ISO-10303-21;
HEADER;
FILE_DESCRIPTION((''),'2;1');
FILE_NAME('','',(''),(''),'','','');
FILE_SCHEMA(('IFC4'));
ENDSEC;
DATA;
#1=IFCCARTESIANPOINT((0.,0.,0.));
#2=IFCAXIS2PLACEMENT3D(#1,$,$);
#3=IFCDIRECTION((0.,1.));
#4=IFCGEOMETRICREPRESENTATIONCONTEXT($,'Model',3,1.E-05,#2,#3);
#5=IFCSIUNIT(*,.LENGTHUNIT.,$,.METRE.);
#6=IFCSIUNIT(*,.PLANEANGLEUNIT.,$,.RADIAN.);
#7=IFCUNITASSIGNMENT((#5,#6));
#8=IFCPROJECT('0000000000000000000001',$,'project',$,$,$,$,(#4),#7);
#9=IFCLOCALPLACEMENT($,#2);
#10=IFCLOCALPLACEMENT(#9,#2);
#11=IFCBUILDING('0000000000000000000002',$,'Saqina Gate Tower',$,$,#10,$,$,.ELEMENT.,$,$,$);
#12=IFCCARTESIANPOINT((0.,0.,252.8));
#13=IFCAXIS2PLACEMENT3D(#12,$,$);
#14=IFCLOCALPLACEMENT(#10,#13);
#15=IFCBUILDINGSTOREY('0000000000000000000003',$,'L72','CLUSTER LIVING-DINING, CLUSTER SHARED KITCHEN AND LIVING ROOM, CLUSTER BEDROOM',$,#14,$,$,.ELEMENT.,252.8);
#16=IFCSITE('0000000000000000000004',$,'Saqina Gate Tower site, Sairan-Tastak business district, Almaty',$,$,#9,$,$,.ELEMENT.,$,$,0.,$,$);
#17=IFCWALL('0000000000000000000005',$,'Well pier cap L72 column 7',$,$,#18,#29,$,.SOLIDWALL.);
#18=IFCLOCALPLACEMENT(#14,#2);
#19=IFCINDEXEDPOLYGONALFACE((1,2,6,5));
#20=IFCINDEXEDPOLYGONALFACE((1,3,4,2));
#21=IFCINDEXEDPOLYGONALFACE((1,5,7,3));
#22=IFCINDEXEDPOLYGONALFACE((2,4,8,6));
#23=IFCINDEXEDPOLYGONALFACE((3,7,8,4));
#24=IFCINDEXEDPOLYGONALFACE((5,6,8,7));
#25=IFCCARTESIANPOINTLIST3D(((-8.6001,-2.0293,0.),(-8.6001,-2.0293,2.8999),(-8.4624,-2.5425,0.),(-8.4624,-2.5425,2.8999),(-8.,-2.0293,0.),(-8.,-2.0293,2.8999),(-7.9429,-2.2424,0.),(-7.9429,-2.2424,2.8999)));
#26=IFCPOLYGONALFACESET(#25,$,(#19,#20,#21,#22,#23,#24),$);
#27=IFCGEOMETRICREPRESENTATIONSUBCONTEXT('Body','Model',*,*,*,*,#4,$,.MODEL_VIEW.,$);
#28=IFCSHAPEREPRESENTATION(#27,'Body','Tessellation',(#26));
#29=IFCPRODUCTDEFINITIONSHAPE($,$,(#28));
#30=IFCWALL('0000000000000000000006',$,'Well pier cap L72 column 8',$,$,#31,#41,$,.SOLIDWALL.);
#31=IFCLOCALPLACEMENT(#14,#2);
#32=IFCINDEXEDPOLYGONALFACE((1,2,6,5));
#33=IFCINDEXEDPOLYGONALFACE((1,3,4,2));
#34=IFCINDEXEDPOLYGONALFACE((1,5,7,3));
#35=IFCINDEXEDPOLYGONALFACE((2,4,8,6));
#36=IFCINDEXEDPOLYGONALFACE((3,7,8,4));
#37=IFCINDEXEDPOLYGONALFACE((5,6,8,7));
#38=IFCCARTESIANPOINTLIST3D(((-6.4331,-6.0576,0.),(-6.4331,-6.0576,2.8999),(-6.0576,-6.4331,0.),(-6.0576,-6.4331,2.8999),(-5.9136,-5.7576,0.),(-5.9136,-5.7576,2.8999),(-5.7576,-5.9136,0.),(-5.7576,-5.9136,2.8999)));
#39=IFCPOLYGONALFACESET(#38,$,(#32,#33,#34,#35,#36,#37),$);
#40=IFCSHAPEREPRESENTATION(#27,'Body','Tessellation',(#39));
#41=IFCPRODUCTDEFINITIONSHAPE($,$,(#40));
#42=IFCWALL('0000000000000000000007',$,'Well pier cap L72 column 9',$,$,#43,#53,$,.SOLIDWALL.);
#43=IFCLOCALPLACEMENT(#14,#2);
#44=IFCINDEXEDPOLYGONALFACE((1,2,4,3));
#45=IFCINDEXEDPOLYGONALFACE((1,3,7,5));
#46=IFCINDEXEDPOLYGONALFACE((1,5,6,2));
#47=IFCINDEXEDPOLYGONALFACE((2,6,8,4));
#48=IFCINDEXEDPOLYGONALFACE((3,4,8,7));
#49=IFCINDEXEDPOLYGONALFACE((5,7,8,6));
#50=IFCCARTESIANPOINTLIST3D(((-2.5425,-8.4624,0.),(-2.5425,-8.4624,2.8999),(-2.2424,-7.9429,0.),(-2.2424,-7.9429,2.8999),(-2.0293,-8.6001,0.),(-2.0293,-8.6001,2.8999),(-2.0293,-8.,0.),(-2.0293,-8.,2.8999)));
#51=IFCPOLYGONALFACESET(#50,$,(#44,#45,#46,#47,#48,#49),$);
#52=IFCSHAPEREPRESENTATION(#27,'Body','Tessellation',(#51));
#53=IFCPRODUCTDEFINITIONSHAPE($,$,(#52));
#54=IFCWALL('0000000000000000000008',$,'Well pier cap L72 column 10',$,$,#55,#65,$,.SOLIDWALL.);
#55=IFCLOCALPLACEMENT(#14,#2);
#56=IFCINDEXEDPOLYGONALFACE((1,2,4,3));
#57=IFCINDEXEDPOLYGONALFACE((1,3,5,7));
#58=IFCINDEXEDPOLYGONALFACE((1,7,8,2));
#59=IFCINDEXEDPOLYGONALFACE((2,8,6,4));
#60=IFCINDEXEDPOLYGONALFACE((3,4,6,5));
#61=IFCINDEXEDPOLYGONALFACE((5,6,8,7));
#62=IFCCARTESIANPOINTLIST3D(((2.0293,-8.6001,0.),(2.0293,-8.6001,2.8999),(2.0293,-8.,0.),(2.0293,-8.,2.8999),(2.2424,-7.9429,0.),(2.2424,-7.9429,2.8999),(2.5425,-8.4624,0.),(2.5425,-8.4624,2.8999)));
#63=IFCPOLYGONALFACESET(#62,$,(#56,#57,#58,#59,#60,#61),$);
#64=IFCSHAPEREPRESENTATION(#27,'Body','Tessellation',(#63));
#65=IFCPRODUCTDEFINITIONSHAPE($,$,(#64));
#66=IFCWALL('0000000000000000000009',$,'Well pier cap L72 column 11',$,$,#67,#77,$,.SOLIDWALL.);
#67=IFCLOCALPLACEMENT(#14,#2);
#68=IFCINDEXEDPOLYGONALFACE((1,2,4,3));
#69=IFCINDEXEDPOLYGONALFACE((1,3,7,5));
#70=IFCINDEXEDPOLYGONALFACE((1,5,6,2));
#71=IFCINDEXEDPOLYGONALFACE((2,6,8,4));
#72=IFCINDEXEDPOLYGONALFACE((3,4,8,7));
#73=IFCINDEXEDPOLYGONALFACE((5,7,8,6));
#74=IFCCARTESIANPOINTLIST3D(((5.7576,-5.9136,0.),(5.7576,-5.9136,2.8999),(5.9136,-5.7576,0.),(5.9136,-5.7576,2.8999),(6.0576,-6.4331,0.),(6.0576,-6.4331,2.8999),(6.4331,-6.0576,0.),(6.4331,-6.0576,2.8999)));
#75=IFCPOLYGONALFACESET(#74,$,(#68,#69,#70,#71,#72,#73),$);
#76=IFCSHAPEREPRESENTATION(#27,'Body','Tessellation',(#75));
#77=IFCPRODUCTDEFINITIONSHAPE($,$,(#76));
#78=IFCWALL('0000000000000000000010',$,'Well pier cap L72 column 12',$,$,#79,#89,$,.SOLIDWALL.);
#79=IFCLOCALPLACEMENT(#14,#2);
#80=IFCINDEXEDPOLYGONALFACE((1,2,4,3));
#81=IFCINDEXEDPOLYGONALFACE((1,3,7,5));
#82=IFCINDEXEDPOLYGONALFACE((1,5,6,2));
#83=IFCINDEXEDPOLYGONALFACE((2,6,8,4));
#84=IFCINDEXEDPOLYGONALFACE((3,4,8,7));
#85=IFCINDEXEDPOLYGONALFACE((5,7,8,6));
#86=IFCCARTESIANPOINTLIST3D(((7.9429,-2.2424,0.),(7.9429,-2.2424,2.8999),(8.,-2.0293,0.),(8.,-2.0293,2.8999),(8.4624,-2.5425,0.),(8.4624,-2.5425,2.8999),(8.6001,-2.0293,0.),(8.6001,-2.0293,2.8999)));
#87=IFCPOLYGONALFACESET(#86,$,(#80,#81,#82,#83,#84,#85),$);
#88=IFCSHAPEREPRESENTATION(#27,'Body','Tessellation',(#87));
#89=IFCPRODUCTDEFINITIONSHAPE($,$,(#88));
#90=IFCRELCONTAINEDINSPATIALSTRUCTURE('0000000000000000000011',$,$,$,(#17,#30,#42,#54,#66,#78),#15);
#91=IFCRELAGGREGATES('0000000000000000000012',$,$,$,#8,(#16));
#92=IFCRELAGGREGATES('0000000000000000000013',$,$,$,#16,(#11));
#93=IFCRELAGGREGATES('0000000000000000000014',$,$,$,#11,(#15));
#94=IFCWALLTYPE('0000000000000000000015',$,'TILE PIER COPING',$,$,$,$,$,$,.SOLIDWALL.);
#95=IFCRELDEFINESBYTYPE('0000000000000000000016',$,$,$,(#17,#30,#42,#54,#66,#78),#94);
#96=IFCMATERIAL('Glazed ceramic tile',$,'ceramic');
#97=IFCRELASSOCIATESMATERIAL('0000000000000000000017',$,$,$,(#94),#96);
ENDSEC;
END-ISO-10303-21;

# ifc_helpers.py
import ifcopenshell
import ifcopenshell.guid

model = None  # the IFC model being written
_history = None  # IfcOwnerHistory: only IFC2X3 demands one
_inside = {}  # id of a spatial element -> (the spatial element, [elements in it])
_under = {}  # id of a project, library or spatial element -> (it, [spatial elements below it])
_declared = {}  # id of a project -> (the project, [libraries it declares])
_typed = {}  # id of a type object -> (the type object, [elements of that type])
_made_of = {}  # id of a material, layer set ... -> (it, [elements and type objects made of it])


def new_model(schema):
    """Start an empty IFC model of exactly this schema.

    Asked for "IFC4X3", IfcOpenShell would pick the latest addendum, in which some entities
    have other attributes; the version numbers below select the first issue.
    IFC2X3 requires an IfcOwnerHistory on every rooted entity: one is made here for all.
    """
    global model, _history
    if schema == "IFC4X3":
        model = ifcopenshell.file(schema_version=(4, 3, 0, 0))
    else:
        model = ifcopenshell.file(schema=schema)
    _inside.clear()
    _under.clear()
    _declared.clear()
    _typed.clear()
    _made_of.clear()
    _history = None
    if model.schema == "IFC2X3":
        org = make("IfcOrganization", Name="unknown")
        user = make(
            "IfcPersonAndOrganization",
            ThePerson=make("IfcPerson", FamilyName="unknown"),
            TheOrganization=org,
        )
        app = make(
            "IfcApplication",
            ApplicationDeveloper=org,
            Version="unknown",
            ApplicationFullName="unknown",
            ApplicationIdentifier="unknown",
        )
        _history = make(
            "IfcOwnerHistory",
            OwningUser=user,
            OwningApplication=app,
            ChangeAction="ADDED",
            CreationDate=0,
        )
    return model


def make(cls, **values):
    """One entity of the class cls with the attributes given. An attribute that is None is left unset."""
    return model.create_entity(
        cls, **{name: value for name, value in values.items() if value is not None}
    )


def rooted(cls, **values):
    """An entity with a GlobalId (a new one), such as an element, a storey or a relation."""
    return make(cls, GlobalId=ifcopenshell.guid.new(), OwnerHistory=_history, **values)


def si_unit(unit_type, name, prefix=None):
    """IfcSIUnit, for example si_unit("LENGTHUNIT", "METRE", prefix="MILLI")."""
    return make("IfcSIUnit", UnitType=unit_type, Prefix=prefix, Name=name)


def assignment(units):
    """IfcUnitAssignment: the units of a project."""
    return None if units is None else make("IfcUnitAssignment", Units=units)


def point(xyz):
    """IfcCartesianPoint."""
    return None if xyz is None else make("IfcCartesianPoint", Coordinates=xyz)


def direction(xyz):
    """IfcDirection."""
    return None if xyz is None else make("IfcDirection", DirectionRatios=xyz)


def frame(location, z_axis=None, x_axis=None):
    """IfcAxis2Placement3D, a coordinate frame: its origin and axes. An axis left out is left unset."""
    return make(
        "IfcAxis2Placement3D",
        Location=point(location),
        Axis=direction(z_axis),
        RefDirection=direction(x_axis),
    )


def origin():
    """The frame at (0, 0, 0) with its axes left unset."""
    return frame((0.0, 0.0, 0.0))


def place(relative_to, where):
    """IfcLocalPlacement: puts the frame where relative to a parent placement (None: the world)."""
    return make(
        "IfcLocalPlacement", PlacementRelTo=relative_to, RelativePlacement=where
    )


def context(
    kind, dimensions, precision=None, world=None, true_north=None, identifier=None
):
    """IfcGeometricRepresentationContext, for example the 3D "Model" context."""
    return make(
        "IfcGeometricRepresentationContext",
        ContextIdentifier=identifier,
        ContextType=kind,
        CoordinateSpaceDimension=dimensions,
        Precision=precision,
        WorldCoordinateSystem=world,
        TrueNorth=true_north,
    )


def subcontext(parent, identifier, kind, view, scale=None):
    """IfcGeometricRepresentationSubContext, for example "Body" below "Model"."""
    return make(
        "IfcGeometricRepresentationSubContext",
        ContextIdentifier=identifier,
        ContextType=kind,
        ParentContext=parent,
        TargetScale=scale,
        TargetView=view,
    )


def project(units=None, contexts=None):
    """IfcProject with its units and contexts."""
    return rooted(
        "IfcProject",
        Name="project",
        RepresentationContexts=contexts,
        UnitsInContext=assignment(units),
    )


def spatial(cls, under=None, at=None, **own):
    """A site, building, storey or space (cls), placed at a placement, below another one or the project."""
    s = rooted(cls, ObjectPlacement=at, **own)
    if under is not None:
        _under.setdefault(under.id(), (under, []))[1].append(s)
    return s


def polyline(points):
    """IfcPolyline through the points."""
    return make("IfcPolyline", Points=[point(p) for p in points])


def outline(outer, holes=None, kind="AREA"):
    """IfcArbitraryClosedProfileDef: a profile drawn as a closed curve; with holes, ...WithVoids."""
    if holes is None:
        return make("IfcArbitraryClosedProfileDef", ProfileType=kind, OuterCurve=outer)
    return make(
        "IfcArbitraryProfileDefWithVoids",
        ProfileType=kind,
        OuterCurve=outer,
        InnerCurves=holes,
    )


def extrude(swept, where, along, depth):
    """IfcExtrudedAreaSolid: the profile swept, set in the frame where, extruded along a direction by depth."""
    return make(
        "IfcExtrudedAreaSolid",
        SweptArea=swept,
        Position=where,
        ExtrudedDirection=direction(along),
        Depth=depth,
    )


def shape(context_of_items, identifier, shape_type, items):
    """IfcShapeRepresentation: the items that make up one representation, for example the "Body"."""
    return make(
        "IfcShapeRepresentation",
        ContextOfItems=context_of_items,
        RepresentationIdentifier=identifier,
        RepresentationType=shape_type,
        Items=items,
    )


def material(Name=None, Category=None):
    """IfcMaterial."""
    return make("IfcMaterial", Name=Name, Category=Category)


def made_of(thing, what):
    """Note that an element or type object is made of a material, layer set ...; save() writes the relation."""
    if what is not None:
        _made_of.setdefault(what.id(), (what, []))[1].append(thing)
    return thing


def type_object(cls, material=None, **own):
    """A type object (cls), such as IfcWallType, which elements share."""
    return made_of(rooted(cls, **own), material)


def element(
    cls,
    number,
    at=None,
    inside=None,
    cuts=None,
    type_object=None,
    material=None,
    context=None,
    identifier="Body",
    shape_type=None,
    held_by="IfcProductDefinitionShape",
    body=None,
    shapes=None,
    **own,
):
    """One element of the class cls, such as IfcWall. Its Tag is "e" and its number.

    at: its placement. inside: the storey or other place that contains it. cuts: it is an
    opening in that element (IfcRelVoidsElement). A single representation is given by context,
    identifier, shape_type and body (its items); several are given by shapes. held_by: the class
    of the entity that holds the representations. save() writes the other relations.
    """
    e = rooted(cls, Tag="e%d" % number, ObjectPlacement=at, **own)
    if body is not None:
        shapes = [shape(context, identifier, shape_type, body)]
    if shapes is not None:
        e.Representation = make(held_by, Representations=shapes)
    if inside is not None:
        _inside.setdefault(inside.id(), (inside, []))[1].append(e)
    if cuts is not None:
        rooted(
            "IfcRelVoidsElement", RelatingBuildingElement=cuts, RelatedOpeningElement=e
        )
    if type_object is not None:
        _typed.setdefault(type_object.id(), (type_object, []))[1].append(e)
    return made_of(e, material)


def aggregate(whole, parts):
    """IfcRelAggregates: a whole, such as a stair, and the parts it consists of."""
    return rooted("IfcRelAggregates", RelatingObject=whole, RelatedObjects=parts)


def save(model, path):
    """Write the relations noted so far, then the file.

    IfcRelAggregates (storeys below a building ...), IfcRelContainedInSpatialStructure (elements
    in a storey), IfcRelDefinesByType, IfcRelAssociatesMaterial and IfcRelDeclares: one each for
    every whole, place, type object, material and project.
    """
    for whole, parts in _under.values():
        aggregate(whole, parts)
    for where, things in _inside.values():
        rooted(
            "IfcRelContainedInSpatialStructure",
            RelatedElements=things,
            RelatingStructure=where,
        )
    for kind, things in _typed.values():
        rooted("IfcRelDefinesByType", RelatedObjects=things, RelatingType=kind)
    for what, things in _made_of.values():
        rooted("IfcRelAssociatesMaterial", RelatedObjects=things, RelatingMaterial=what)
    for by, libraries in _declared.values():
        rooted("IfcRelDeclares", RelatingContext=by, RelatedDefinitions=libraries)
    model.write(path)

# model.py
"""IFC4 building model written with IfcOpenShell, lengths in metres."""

from ifc_helpers import new_model, si_unit, direction, frame, origin, place, context, subcontext, project, spatial, polyline, outline, extrude, material, type_object, element, save


model = new_model("IFC4")

# Units and contexts
model_context = context("Model", 3, precision=1e-05, world=origin(), true_north=direction((0.0, 1.0)))
body_context = subcontext(model_context, "Body", "Model", "MODEL_VIEW")
ifc_project = project(units=[si_unit("LENGTHUNIT", "METRE"), si_unit("PLANEANGLEUNIT", "RADIAN")], contexts=[model_context])

# Site, building, storey
site_placement = place(None, origin())
site = spatial("IfcSite", under=ifc_project, at=site_placement, Name="Saqina Gate Tower site, Sairan-Tastak business district, Almaty", CompositionType="ELEMENT", RefElevation=0.0)
building_placement = place(site_placement, origin())
building = spatial("IfcBuilding", under=site, at=building_placement, Name="Saqina Gate Tower", CompositionType="ELEMENT")
storey_placement = place(building_placement, frame((0.0, 0.0, 252.8)))
storey = spatial("IfcBuildingStorey", under=building, at=storey_placement, Name="L72", Description="CLUSTER LIVING-DINING, CLUSTER SHARED KITCHEN AND LIVING ROOM, CLUSTER BEDROOM", CompositionType="ELEMENT", Elevation=252.8)

# Walls
ifc_material_1 = material(Name="Glazed ceramic tile", Category="ceramic")
wall_type_1 = type_object("IfcWallType", Name="TILE PIER COPING", PredefinedType="SOLIDWALL", material=ifc_material_1)
wall_1_placement = place(storey_placement, origin())
element("IfcWall", 1, at=wall_1_placement, inside=storey, type_object=wall_type_1, Name="Well pier cap L72 column 7", PredefinedType="SOLIDWALL", context=body_context, shape_type="SweptSolid", body=[
    extrude(outline(polyline([(-8.4624, -2.5425), (-7.9429, -2.2424), (-8.0, -2.0293), (-8.6001, -2.0293), (-8.4624, -2.5425)])), origin(), (0.0, 0.0, 1.0), 2.8999),
])
wall_2_placement = place(storey_placement, origin())
element("IfcWall", 2, at=wall_2_placement, inside=storey, type_object=wall_type_1, Name="Well pier cap L72 column 8", PredefinedType="SOLIDWALL", context=body_context, shape_type="SweptSolid", body=[
    extrude(outline(polyline([(-6.0576, -6.4331), (-5.7576, -5.9136), (-5.9136, -5.7576), (-6.4331, -6.0576), (-6.0576, -6.4331)])), origin(), (0.0, 0.0, 1.0), 2.8999),
])
wall_3_placement = place(storey_placement, origin())
element("IfcWall", 3, at=wall_3_placement, inside=storey, type_object=wall_type_1, Name="Well pier cap L72 column 9", PredefinedType="SOLIDWALL", context=body_context, shape_type="SweptSolid", body=[
    extrude(outline(polyline([(-2.0293, -8.6001), (-2.0293, -8.0), (-2.2424, -7.9429), (-2.5425, -8.4624), (-2.0293, -8.6001)])), origin(), (0.0, 0.0, 1.0), 2.8999),
])
wall_4_placement = place(storey_placement, origin())
element("IfcWall", 4, at=wall_4_placement, inside=storey, type_object=wall_type_1, Name="Well pier cap L72 column 10", PredefinedType="SOLIDWALL", context=body_context, shape_type="SweptSolid", body=[
    extrude(outline(polyline([(2.5425, -8.4624), (2.2424, -7.9429), (2.0293, -8.0), (2.0293, -8.6001), (2.5425, -8.4624)])), origin(), (0.0, 0.0, 1.0), 2.8999),
])
wall_5_placement = place(storey_placement, origin())
element("IfcWall", 5, at=wall_5_placement, inside=storey, type_object=wall_type_1, Name="Well pier cap L72 column 11", PredefinedType="SOLIDWALL", context=body_context, shape_type="SweptSolid", body=[
    extrude(outline(polyline([(6.4331, -6.0576), (5.9136, -5.7576), (5.7576, -5.9136), (6.0576, -6.4331), (6.4331, -6.0576)])), origin(), (0.0, 0.0, 1.0), 2.8999),
])
wall_6_placement = place(storey_placement, origin())
element("IfcWall", 6, at=wall_6_placement, inside=storey, type_object=wall_type_1, Name="Well pier cap L72 column 12", PredefinedType="SOLIDWALL", context=body_context, shape_type="SweptSolid", body=[
    extrude(outline(polyline([(8.6001, -2.0293), (8.0, -2.0293), (7.9429, -2.2424), (8.4624, -2.5425), (8.6001, -2.0293)])), origin(), (0.0, 0.0, 1.0), 2.8999),
])

save(model, "model.ifc")
